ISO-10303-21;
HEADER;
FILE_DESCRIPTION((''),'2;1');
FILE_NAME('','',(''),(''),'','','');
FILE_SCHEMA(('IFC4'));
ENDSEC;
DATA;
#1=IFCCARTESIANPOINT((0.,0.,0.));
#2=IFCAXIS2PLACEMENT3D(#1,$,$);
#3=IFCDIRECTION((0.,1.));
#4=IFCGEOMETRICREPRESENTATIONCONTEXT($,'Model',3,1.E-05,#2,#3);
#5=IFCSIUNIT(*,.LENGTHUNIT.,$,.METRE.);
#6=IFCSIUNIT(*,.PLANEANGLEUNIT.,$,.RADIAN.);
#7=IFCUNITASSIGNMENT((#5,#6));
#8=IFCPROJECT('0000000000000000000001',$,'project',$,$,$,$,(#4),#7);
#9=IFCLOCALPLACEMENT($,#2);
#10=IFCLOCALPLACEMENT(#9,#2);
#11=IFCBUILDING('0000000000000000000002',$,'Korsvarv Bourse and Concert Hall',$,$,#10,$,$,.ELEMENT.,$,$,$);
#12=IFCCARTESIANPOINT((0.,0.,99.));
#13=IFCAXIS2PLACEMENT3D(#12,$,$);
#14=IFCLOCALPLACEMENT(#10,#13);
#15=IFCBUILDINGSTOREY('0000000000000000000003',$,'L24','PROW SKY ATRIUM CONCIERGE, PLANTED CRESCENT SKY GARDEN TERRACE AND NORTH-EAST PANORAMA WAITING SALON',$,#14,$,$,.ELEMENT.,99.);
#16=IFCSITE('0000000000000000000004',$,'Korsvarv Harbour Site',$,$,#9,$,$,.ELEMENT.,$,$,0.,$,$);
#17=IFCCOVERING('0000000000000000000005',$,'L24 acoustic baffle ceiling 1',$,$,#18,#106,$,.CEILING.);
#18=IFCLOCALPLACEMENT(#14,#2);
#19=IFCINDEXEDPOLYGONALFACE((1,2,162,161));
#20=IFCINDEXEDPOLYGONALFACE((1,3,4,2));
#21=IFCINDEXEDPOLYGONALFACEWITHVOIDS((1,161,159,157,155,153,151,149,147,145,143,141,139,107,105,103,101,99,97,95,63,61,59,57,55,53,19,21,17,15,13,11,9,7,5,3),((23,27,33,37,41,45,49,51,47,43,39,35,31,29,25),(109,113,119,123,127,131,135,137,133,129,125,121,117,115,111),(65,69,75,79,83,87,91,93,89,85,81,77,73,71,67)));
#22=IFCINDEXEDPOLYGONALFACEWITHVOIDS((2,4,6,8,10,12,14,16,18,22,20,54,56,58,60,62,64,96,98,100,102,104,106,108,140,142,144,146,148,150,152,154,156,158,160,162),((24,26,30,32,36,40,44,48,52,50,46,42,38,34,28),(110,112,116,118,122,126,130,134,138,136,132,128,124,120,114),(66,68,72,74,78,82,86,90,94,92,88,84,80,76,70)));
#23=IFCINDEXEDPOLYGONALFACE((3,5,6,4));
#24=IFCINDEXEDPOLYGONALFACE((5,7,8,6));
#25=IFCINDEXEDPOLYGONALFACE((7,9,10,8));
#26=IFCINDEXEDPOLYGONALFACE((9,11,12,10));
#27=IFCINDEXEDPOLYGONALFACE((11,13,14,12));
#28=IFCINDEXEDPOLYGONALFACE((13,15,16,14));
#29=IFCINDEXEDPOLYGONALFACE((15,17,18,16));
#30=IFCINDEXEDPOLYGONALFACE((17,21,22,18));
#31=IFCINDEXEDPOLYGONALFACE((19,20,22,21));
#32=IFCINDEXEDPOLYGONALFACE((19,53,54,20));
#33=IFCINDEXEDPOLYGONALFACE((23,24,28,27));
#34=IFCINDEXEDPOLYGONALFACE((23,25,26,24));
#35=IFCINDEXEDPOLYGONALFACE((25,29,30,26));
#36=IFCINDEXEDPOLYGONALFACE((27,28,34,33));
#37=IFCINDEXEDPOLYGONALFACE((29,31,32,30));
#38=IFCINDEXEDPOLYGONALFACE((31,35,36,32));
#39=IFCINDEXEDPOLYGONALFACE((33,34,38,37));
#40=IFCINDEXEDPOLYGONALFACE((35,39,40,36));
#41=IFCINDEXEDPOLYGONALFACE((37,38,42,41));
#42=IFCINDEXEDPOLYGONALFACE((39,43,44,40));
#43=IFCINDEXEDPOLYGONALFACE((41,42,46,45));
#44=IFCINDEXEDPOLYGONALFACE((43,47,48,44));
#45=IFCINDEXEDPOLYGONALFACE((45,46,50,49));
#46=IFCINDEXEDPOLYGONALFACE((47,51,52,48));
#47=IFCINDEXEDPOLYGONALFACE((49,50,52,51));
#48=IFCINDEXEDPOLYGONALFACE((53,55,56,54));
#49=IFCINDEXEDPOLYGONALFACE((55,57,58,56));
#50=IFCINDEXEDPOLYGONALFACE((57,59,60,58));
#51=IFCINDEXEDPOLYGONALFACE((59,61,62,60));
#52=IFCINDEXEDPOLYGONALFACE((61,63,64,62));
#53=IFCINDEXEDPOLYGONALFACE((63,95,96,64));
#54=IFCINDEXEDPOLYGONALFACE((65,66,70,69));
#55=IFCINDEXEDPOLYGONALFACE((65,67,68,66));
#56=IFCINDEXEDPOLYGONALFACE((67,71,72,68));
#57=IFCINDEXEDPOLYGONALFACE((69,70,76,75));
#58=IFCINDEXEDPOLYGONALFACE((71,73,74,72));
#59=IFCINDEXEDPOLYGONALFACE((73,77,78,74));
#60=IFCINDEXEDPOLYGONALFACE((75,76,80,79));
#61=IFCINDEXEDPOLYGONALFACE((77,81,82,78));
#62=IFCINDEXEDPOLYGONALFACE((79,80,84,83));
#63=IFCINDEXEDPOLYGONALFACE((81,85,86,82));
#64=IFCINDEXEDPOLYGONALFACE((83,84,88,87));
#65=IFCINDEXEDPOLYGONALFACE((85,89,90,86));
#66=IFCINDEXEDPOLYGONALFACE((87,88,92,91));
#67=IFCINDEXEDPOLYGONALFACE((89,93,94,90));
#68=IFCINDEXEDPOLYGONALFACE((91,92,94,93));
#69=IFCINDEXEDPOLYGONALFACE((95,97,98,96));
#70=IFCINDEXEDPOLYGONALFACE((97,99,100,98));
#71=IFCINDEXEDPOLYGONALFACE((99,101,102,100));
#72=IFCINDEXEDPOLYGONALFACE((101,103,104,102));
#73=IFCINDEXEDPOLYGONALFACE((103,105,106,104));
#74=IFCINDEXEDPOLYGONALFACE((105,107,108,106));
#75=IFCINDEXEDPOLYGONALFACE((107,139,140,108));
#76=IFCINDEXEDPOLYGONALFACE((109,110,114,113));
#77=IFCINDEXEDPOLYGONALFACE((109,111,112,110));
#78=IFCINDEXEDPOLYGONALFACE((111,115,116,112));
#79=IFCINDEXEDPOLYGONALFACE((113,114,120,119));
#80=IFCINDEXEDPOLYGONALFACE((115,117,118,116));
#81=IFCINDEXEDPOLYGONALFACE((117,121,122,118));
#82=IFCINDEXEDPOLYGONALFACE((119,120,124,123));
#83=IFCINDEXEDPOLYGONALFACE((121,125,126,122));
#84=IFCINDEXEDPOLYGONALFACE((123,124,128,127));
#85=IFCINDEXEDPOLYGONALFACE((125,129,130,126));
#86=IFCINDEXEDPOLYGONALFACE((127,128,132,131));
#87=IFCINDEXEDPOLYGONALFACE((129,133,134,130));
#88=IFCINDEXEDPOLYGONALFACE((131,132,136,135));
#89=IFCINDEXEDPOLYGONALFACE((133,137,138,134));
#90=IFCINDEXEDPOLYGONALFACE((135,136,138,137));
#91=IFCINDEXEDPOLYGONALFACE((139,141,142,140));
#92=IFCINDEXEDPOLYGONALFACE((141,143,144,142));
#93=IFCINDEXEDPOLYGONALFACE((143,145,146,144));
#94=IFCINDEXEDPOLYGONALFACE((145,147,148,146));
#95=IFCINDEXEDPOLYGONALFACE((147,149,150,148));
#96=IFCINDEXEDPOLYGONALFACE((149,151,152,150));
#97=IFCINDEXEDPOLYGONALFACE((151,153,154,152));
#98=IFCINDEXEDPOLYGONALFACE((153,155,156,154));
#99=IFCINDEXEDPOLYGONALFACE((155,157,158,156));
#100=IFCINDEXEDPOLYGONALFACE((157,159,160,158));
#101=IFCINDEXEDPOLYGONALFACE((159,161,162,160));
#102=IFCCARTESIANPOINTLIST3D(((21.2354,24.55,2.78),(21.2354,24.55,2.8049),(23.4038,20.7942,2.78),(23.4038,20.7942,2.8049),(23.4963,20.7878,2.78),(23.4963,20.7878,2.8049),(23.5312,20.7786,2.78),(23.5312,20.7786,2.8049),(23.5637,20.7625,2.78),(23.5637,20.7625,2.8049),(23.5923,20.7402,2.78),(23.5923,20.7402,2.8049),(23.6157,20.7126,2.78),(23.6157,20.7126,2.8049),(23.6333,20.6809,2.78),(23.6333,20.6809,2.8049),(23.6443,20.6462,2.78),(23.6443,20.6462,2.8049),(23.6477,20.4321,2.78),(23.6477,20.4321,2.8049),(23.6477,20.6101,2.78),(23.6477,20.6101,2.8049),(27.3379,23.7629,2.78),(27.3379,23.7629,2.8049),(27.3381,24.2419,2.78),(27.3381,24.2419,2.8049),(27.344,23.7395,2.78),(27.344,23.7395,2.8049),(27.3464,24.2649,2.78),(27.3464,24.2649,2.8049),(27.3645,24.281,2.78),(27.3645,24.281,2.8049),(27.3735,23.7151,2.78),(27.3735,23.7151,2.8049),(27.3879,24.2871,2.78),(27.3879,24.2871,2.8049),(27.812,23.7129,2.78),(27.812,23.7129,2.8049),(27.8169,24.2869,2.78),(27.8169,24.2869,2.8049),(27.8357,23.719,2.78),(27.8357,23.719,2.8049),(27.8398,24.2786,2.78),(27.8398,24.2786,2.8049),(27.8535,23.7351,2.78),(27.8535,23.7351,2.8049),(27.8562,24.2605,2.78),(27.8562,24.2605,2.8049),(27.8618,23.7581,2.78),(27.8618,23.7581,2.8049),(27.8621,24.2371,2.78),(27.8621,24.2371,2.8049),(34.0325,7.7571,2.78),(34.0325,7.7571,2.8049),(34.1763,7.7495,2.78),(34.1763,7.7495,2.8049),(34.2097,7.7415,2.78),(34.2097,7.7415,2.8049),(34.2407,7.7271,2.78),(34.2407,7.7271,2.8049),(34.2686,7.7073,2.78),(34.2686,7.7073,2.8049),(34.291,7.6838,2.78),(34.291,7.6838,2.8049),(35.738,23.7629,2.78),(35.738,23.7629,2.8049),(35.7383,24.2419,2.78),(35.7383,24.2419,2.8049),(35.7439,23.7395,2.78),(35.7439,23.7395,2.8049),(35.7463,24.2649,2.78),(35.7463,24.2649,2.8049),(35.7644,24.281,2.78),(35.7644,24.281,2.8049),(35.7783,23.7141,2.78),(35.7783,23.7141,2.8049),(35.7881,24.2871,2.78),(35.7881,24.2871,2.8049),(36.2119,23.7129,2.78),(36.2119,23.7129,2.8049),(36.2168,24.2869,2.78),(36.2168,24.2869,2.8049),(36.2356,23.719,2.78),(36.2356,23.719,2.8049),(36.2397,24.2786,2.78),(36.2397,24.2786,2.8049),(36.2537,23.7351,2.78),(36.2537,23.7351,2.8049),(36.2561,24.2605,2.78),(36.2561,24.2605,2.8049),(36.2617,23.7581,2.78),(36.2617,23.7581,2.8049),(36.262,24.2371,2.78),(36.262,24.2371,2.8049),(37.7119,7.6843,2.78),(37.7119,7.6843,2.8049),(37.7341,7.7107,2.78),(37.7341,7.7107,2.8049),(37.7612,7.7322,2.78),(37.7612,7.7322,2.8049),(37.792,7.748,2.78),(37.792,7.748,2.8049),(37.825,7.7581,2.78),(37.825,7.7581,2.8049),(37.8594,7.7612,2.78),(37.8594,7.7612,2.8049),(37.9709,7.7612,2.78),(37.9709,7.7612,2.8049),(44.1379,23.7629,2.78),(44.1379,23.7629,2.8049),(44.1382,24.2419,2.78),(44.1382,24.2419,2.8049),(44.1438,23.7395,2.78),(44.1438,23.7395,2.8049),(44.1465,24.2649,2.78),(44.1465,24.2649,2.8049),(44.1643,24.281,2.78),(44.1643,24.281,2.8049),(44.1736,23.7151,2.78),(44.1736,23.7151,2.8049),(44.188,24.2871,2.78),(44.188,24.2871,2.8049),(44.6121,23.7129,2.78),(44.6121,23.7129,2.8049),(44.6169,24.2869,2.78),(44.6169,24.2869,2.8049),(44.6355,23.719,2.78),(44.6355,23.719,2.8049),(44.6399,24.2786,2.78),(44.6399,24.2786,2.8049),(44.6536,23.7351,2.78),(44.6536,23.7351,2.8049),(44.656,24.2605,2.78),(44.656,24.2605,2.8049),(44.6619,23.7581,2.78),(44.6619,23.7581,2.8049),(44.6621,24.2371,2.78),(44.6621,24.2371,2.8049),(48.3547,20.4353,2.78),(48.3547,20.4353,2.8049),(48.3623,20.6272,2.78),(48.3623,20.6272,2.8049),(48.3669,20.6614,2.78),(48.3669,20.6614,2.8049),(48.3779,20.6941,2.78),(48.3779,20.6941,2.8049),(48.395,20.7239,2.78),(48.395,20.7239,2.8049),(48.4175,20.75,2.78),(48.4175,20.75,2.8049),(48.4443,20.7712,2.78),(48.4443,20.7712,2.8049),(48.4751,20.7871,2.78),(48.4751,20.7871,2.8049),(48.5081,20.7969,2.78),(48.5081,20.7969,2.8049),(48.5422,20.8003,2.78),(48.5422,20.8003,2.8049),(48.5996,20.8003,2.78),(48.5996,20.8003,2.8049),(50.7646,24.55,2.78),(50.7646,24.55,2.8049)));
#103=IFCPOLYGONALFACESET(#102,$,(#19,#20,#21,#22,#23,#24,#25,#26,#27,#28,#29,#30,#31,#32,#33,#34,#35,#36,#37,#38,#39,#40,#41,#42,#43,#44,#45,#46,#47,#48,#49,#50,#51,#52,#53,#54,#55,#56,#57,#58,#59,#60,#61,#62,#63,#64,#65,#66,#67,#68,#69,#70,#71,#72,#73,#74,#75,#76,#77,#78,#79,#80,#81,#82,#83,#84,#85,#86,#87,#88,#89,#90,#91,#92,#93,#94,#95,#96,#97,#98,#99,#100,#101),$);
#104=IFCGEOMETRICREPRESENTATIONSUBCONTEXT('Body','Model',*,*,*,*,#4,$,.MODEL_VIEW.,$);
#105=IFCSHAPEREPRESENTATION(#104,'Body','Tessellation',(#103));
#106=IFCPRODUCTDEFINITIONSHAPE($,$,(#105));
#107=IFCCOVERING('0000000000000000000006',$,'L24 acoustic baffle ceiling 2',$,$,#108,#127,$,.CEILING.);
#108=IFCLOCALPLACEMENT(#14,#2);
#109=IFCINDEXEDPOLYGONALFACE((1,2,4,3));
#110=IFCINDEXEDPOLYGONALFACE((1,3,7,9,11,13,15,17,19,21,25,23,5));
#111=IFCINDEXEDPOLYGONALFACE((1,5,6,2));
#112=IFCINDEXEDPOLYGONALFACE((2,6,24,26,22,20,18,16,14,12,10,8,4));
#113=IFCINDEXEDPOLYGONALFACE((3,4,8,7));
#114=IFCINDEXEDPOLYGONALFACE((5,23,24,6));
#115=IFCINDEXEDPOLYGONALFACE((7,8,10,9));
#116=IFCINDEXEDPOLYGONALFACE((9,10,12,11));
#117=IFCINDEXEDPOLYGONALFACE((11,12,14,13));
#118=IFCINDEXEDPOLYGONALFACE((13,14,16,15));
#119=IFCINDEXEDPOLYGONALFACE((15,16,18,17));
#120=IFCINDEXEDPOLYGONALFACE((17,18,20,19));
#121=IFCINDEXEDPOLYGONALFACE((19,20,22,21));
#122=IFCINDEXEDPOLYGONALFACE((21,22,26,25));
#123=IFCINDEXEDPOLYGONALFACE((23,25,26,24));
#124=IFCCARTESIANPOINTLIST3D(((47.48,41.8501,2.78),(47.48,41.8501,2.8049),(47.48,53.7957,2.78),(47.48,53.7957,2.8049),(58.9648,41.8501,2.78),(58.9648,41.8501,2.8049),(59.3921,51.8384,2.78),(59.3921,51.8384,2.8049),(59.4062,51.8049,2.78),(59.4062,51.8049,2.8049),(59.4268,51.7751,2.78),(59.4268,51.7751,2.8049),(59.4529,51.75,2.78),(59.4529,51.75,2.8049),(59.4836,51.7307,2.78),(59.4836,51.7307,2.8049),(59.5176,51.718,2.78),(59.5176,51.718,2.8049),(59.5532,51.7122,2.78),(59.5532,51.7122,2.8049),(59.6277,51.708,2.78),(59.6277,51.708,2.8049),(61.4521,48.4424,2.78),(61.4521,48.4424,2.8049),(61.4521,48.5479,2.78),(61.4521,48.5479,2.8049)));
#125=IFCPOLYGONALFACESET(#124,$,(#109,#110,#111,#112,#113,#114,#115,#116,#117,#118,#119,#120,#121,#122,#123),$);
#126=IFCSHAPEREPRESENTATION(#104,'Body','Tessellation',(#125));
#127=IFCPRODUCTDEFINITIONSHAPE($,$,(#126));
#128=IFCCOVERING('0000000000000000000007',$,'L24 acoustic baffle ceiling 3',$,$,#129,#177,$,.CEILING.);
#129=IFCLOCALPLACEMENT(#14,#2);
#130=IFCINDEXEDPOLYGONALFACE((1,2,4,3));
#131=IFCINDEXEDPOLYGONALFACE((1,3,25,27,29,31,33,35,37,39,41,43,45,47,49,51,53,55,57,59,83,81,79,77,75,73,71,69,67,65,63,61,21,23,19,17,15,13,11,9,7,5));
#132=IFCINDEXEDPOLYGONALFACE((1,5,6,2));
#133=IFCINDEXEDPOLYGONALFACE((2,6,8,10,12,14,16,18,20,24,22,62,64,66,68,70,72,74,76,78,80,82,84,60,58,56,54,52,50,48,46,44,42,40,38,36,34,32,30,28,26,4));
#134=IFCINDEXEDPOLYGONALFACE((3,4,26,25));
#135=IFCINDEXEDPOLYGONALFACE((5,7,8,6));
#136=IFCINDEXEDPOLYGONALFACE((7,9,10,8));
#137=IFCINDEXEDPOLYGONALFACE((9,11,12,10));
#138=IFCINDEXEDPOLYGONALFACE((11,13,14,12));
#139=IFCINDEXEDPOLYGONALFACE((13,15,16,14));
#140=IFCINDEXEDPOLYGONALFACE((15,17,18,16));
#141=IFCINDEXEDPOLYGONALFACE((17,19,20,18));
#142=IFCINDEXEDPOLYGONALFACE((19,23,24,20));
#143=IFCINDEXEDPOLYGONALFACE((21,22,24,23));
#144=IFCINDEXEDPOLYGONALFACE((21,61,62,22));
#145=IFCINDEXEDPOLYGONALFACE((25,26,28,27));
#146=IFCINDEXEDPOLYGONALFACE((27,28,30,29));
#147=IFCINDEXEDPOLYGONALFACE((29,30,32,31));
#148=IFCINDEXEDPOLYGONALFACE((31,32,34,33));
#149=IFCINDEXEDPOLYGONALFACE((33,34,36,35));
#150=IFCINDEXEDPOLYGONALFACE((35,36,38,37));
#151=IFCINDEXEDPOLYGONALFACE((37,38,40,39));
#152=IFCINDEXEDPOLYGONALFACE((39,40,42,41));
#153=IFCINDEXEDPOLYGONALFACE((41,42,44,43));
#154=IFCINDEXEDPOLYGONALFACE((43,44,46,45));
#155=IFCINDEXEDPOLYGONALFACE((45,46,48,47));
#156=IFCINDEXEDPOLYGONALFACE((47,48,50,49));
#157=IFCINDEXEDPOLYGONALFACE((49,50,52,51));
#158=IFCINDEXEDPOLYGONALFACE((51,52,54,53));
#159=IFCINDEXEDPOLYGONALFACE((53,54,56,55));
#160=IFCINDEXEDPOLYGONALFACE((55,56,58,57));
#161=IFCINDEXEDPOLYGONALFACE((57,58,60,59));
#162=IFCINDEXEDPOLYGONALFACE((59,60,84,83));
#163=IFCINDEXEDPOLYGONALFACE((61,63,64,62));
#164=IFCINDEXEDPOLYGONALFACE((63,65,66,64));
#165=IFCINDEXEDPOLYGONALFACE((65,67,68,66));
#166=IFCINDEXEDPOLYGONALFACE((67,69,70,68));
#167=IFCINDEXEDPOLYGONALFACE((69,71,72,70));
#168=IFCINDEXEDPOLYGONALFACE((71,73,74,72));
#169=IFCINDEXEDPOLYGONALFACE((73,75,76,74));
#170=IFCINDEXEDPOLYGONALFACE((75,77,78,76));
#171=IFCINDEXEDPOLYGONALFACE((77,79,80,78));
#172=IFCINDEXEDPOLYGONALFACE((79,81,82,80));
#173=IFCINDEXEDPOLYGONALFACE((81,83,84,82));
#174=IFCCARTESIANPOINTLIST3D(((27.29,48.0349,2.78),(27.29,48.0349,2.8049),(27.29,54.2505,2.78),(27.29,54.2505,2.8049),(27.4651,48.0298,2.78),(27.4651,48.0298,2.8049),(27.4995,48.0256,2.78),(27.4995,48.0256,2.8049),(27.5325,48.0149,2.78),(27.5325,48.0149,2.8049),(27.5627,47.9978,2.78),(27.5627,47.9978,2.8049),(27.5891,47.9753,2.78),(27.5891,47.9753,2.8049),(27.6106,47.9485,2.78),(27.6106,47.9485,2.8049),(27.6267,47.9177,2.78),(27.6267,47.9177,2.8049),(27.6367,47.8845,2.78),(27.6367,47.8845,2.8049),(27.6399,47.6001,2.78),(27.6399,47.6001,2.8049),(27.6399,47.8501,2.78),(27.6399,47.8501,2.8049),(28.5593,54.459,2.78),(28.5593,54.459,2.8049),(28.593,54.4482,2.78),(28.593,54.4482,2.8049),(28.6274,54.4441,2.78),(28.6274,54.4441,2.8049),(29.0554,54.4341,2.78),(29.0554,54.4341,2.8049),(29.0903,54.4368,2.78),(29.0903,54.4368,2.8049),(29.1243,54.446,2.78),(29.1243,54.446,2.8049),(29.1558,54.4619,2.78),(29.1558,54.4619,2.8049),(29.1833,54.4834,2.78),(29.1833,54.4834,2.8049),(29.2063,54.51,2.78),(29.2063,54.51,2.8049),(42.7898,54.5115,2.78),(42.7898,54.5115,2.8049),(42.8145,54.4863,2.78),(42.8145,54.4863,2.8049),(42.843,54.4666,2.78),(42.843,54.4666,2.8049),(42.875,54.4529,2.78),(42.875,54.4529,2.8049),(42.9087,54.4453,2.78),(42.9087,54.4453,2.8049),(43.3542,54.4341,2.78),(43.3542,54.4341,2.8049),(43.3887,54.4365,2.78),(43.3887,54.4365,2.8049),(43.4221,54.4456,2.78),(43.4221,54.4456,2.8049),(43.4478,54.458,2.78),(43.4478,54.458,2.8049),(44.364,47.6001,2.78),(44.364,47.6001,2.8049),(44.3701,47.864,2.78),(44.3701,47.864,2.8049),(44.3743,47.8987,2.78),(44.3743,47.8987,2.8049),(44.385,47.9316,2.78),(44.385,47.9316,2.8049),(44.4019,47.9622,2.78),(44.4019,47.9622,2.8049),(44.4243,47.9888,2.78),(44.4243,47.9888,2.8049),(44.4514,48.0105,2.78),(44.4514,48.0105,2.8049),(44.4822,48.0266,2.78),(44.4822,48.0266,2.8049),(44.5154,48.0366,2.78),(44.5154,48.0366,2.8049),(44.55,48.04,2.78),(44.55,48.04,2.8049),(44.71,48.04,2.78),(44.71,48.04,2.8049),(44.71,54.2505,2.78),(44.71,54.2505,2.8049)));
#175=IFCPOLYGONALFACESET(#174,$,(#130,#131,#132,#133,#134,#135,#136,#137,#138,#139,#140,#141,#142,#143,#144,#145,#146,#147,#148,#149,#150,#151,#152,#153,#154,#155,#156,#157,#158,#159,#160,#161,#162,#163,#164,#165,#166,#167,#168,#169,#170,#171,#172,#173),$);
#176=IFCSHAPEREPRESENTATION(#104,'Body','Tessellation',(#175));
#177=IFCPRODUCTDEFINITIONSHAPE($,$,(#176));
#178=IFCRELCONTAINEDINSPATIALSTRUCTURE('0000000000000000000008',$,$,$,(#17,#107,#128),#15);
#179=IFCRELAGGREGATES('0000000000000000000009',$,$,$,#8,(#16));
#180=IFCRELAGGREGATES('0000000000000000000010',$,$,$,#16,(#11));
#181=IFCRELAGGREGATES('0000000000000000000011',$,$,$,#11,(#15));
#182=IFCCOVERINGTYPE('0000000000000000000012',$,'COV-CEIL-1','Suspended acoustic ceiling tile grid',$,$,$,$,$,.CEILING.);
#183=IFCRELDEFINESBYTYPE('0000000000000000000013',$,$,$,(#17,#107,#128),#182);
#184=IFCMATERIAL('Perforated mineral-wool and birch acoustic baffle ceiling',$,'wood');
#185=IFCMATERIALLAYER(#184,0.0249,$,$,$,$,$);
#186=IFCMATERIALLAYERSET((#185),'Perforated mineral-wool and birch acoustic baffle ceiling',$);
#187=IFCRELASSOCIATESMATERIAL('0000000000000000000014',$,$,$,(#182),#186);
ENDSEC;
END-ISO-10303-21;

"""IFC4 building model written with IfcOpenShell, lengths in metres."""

from ifc_helpers import new_model, si_unit, direction, frame, origin, place, context, subcontext, project, spatial, polyline, outline, extrude, material, layer, layer_set, type_object, element, save


model = new_model("IFC4")

# Units and contexts
model_context = context("Model", 3, precision=1e-05, world=origin(), true_north=direction((0.0, 1.0)))
body_context = subcontext(model_context, "Body", "Model", "MODEL_VIEW")
ifc_project = project(units=[si_unit("LENGTHUNIT", "METRE"), si_unit("PLANEANGLEUNIT", "RADIAN")], contexts=[model_context])

# Site, building, storey
site_placement = place(None, origin())
site = spatial("IfcSite", under=ifc_project, at=site_placement, Name="Korsvarv Harbour Site", CompositionType="ELEMENT", RefElevation=0.0)
building_placement = place(site_placement, origin())
building = spatial("IfcBuilding", under=site, at=building_placement, Name="Korsvarv Bourse and Concert Hall", CompositionType="ELEMENT")
storey_placement = place(building_placement, frame((0.0, 0.0, 99.0)))
storey = spatial("IfcBuildingStorey", under=building, at=storey_placement, Name="L24", Description="PROW SKY ATRIUM CONCIERGE, PLANTED CRESCENT SKY GARDEN TERRACE AND NORTH-EAST PANORAMA WAITING SALON", CompositionType="ELEMENT", Elevation=99.0)

# Coverings
ifc_material_1 = material(Name="Perforated mineral-wool and birch acoustic baffle ceiling", Category="wood")
ifc_layer_1 = layer(ifc_material_1, 0.0249)
ifc_layer_set_1 = layer_set([ifc_layer_1], Name="Perforated mineral-wool and birch acoustic baffle ceiling")
covering_type_1 = type_object("IfcCoveringType", Name="COV-CEIL-1", Description="Suspended acoustic ceiling tile grid", PredefinedType="CEILING", material=ifc_layer_set_1)
covering_1_placement = place(storey_placement, frame((0.0, 0.0, 2.78)))
element("IfcCovering", 1, at=covering_1_placement, inside=storey, type_object=covering_type_1, Name="L24 acoustic baffle ceiling 1", PredefinedType="CEILING", context=body_context, shape_type="SweptSolid", body=[
    extrude(outline(polyline([(23.6477, 20.6101), (23.6443, 20.6462), (23.6333, 20.6809), (23.6157, 20.7126), (23.5923, 20.7402), (23.5637, 20.7625), (23.5312, 20.7786), (23.4963, 20.7878), (23.4038, 20.7942), (21.2354, 24.55), (50.7646, 24.55), (48.5996, 20.8003), (48.5422, 20.8003), (48.5081, 20.7969), (48.4751, 20.7871), (48.4443, 20.7712), (48.4175, 20.75), (48.395, 20.7239), (48.3779, 20.6941), (48.3669, 20.6614), (48.3623, 20.6272), (48.3547, 20.4353), (37.9709, 7.7612), (37.8594, 7.7612), (37.825, 7.7581), (37.792, 7.748), (37.7612, 7.7322), (37.7341, 7.7107), (37.7119, 7.6843), (34.291, 7.6838), (34.2686, 7.7073), (34.2407, 7.7271), (34.2097, 7.7415), (34.1763, 7.7495), (34.0325, 7.7571), (23.6477, 20.4321), (23.6477, 20.6101)]), holes=[polyline([(27.3735, 23.7151), (27.812, 23.7129), (27.8357, 23.719), (27.8535, 23.7351), (27.8618, 23.7581), (27.8621, 24.2371), (27.8562, 24.2605), (27.8398, 24.2786), (27.8169, 24.2869), (27.3879, 24.2871), (27.3645, 24.281), (27.3464, 24.2649), (27.3381, 24.2419), (27.3379, 23.7629), (27.344, 23.7395), (27.3735, 23.7151)]), polyline([(35.7783, 23.7141), (36.2119, 23.7129), (36.2356, 23.719), (36.2537, 23.7351), (36.2617, 23.7581), (36.262, 24.2371), (36.2561, 24.2605), (36.2397, 24.2786), (36.2168, 24.2869), (35.7881, 24.2871), (35.7644, 24.281), (35.7463, 24.2649), (35.7383, 24.2419), (35.738, 23.7629), (35.7439, 23.7395), (35.7783, 23.7141)]), polyline([(44.1736, 23.7151), (44.6121, 23.7129), (44.6355, 23.719), (44.6536, 23.7351), (44.6619, 23.7581), (44.6621, 24.2371), (44.656, 24.2605), (44.6399, 24.2786), (44.6169, 24.2869), (44.188, 24.2871), (44.1643, 24.281), (44.1465, 24.2649), (44.1382, 24.2419), (44.1379, 23.7629), (44.1438, 23.7395), (44.1736, 23.7151)])]), origin(), (0.0, 0.0, 1.0), 0.0249),
])
covering_2_placement = place(storey_placement, frame((0.0, 0.0, 2.78)))
element("IfcCovering", 2, at=covering_2_placement, inside=storey, type_object=covering_type_1, Name="L24 acoustic baffle ceiling 2", PredefinedType="CEILING", context=body_context, shape_type="SweptSolid", body=[
    extrude(outline(polyline([(59.3921, 51.8384), (59.4062, 51.8049), (59.4268, 51.7751), (59.4529, 51.75), (59.4836, 51.7307), (59.5176, 51.718), (59.5532, 51.7122), (59.6277, 51.708), (61.4521, 48.5479), (61.4521, 48.4424), (58.9648, 41.8501), (47.48, 41.8501), (47.48, 53.7957), (59.3921, 51.8384)])), origin(), (0.0, 0.0, 1.0), 0.0249),
])
covering_3_placement = place(storey_placement, frame((0.0, 0.0, 2.78)))
element("IfcCovering", 3, at=covering_3_placement, inside=storey, type_object=covering_type_1, Name="L24 acoustic baffle ceiling 3", PredefinedType="CEILING", context=body_context, shape_type="SweptSolid", body=[
    extrude(outline(polyline([(28.5593, 54.459), (28.593, 54.4482), (28.6274, 54.4441), (29.0554, 54.4341), (29.0903, 54.4368), (29.1243, 54.446), (29.1558, 54.4619), (29.1833, 54.4834), (29.2063, 54.51), (42.7898, 54.5115), (42.8145, 54.4863), (42.843, 54.4666), (42.875, 54.4529), (42.9087, 54.4453), (43.3542, 54.4341), (43.3887, 54.4365), (43.4221, 54.4456), (43.4478, 54.458), (44.71, 54.2505), (44.71, 48.04), (44.55, 48.04), (44.5154, 48.0366), (44.4822, 48.0266), (44.4514, 48.0105), (44.4243, 47.9888), (44.4019, 47.9622), (44.385, 47.9316), (44.3743, 47.8987), (44.3701, 47.864), (44.364, 47.6001), (27.6399, 47.6001), (27.6399, 47.8501), (27.6367, 47.8845), (27.6267, 47.9177), (27.6106, 47.9485), (27.5891, 47.9753), (27.5627, 47.9978), (27.5325, 48.0149), (27.4995, 48.0256), (27.4651, 48.0298), (27.29, 48.0349), (27.29, 54.2505), (28.5593, 54.459)])), origin(), (0.0, 0.0, 1.0), 0.0249),
])

save(model, "model.ifc")
